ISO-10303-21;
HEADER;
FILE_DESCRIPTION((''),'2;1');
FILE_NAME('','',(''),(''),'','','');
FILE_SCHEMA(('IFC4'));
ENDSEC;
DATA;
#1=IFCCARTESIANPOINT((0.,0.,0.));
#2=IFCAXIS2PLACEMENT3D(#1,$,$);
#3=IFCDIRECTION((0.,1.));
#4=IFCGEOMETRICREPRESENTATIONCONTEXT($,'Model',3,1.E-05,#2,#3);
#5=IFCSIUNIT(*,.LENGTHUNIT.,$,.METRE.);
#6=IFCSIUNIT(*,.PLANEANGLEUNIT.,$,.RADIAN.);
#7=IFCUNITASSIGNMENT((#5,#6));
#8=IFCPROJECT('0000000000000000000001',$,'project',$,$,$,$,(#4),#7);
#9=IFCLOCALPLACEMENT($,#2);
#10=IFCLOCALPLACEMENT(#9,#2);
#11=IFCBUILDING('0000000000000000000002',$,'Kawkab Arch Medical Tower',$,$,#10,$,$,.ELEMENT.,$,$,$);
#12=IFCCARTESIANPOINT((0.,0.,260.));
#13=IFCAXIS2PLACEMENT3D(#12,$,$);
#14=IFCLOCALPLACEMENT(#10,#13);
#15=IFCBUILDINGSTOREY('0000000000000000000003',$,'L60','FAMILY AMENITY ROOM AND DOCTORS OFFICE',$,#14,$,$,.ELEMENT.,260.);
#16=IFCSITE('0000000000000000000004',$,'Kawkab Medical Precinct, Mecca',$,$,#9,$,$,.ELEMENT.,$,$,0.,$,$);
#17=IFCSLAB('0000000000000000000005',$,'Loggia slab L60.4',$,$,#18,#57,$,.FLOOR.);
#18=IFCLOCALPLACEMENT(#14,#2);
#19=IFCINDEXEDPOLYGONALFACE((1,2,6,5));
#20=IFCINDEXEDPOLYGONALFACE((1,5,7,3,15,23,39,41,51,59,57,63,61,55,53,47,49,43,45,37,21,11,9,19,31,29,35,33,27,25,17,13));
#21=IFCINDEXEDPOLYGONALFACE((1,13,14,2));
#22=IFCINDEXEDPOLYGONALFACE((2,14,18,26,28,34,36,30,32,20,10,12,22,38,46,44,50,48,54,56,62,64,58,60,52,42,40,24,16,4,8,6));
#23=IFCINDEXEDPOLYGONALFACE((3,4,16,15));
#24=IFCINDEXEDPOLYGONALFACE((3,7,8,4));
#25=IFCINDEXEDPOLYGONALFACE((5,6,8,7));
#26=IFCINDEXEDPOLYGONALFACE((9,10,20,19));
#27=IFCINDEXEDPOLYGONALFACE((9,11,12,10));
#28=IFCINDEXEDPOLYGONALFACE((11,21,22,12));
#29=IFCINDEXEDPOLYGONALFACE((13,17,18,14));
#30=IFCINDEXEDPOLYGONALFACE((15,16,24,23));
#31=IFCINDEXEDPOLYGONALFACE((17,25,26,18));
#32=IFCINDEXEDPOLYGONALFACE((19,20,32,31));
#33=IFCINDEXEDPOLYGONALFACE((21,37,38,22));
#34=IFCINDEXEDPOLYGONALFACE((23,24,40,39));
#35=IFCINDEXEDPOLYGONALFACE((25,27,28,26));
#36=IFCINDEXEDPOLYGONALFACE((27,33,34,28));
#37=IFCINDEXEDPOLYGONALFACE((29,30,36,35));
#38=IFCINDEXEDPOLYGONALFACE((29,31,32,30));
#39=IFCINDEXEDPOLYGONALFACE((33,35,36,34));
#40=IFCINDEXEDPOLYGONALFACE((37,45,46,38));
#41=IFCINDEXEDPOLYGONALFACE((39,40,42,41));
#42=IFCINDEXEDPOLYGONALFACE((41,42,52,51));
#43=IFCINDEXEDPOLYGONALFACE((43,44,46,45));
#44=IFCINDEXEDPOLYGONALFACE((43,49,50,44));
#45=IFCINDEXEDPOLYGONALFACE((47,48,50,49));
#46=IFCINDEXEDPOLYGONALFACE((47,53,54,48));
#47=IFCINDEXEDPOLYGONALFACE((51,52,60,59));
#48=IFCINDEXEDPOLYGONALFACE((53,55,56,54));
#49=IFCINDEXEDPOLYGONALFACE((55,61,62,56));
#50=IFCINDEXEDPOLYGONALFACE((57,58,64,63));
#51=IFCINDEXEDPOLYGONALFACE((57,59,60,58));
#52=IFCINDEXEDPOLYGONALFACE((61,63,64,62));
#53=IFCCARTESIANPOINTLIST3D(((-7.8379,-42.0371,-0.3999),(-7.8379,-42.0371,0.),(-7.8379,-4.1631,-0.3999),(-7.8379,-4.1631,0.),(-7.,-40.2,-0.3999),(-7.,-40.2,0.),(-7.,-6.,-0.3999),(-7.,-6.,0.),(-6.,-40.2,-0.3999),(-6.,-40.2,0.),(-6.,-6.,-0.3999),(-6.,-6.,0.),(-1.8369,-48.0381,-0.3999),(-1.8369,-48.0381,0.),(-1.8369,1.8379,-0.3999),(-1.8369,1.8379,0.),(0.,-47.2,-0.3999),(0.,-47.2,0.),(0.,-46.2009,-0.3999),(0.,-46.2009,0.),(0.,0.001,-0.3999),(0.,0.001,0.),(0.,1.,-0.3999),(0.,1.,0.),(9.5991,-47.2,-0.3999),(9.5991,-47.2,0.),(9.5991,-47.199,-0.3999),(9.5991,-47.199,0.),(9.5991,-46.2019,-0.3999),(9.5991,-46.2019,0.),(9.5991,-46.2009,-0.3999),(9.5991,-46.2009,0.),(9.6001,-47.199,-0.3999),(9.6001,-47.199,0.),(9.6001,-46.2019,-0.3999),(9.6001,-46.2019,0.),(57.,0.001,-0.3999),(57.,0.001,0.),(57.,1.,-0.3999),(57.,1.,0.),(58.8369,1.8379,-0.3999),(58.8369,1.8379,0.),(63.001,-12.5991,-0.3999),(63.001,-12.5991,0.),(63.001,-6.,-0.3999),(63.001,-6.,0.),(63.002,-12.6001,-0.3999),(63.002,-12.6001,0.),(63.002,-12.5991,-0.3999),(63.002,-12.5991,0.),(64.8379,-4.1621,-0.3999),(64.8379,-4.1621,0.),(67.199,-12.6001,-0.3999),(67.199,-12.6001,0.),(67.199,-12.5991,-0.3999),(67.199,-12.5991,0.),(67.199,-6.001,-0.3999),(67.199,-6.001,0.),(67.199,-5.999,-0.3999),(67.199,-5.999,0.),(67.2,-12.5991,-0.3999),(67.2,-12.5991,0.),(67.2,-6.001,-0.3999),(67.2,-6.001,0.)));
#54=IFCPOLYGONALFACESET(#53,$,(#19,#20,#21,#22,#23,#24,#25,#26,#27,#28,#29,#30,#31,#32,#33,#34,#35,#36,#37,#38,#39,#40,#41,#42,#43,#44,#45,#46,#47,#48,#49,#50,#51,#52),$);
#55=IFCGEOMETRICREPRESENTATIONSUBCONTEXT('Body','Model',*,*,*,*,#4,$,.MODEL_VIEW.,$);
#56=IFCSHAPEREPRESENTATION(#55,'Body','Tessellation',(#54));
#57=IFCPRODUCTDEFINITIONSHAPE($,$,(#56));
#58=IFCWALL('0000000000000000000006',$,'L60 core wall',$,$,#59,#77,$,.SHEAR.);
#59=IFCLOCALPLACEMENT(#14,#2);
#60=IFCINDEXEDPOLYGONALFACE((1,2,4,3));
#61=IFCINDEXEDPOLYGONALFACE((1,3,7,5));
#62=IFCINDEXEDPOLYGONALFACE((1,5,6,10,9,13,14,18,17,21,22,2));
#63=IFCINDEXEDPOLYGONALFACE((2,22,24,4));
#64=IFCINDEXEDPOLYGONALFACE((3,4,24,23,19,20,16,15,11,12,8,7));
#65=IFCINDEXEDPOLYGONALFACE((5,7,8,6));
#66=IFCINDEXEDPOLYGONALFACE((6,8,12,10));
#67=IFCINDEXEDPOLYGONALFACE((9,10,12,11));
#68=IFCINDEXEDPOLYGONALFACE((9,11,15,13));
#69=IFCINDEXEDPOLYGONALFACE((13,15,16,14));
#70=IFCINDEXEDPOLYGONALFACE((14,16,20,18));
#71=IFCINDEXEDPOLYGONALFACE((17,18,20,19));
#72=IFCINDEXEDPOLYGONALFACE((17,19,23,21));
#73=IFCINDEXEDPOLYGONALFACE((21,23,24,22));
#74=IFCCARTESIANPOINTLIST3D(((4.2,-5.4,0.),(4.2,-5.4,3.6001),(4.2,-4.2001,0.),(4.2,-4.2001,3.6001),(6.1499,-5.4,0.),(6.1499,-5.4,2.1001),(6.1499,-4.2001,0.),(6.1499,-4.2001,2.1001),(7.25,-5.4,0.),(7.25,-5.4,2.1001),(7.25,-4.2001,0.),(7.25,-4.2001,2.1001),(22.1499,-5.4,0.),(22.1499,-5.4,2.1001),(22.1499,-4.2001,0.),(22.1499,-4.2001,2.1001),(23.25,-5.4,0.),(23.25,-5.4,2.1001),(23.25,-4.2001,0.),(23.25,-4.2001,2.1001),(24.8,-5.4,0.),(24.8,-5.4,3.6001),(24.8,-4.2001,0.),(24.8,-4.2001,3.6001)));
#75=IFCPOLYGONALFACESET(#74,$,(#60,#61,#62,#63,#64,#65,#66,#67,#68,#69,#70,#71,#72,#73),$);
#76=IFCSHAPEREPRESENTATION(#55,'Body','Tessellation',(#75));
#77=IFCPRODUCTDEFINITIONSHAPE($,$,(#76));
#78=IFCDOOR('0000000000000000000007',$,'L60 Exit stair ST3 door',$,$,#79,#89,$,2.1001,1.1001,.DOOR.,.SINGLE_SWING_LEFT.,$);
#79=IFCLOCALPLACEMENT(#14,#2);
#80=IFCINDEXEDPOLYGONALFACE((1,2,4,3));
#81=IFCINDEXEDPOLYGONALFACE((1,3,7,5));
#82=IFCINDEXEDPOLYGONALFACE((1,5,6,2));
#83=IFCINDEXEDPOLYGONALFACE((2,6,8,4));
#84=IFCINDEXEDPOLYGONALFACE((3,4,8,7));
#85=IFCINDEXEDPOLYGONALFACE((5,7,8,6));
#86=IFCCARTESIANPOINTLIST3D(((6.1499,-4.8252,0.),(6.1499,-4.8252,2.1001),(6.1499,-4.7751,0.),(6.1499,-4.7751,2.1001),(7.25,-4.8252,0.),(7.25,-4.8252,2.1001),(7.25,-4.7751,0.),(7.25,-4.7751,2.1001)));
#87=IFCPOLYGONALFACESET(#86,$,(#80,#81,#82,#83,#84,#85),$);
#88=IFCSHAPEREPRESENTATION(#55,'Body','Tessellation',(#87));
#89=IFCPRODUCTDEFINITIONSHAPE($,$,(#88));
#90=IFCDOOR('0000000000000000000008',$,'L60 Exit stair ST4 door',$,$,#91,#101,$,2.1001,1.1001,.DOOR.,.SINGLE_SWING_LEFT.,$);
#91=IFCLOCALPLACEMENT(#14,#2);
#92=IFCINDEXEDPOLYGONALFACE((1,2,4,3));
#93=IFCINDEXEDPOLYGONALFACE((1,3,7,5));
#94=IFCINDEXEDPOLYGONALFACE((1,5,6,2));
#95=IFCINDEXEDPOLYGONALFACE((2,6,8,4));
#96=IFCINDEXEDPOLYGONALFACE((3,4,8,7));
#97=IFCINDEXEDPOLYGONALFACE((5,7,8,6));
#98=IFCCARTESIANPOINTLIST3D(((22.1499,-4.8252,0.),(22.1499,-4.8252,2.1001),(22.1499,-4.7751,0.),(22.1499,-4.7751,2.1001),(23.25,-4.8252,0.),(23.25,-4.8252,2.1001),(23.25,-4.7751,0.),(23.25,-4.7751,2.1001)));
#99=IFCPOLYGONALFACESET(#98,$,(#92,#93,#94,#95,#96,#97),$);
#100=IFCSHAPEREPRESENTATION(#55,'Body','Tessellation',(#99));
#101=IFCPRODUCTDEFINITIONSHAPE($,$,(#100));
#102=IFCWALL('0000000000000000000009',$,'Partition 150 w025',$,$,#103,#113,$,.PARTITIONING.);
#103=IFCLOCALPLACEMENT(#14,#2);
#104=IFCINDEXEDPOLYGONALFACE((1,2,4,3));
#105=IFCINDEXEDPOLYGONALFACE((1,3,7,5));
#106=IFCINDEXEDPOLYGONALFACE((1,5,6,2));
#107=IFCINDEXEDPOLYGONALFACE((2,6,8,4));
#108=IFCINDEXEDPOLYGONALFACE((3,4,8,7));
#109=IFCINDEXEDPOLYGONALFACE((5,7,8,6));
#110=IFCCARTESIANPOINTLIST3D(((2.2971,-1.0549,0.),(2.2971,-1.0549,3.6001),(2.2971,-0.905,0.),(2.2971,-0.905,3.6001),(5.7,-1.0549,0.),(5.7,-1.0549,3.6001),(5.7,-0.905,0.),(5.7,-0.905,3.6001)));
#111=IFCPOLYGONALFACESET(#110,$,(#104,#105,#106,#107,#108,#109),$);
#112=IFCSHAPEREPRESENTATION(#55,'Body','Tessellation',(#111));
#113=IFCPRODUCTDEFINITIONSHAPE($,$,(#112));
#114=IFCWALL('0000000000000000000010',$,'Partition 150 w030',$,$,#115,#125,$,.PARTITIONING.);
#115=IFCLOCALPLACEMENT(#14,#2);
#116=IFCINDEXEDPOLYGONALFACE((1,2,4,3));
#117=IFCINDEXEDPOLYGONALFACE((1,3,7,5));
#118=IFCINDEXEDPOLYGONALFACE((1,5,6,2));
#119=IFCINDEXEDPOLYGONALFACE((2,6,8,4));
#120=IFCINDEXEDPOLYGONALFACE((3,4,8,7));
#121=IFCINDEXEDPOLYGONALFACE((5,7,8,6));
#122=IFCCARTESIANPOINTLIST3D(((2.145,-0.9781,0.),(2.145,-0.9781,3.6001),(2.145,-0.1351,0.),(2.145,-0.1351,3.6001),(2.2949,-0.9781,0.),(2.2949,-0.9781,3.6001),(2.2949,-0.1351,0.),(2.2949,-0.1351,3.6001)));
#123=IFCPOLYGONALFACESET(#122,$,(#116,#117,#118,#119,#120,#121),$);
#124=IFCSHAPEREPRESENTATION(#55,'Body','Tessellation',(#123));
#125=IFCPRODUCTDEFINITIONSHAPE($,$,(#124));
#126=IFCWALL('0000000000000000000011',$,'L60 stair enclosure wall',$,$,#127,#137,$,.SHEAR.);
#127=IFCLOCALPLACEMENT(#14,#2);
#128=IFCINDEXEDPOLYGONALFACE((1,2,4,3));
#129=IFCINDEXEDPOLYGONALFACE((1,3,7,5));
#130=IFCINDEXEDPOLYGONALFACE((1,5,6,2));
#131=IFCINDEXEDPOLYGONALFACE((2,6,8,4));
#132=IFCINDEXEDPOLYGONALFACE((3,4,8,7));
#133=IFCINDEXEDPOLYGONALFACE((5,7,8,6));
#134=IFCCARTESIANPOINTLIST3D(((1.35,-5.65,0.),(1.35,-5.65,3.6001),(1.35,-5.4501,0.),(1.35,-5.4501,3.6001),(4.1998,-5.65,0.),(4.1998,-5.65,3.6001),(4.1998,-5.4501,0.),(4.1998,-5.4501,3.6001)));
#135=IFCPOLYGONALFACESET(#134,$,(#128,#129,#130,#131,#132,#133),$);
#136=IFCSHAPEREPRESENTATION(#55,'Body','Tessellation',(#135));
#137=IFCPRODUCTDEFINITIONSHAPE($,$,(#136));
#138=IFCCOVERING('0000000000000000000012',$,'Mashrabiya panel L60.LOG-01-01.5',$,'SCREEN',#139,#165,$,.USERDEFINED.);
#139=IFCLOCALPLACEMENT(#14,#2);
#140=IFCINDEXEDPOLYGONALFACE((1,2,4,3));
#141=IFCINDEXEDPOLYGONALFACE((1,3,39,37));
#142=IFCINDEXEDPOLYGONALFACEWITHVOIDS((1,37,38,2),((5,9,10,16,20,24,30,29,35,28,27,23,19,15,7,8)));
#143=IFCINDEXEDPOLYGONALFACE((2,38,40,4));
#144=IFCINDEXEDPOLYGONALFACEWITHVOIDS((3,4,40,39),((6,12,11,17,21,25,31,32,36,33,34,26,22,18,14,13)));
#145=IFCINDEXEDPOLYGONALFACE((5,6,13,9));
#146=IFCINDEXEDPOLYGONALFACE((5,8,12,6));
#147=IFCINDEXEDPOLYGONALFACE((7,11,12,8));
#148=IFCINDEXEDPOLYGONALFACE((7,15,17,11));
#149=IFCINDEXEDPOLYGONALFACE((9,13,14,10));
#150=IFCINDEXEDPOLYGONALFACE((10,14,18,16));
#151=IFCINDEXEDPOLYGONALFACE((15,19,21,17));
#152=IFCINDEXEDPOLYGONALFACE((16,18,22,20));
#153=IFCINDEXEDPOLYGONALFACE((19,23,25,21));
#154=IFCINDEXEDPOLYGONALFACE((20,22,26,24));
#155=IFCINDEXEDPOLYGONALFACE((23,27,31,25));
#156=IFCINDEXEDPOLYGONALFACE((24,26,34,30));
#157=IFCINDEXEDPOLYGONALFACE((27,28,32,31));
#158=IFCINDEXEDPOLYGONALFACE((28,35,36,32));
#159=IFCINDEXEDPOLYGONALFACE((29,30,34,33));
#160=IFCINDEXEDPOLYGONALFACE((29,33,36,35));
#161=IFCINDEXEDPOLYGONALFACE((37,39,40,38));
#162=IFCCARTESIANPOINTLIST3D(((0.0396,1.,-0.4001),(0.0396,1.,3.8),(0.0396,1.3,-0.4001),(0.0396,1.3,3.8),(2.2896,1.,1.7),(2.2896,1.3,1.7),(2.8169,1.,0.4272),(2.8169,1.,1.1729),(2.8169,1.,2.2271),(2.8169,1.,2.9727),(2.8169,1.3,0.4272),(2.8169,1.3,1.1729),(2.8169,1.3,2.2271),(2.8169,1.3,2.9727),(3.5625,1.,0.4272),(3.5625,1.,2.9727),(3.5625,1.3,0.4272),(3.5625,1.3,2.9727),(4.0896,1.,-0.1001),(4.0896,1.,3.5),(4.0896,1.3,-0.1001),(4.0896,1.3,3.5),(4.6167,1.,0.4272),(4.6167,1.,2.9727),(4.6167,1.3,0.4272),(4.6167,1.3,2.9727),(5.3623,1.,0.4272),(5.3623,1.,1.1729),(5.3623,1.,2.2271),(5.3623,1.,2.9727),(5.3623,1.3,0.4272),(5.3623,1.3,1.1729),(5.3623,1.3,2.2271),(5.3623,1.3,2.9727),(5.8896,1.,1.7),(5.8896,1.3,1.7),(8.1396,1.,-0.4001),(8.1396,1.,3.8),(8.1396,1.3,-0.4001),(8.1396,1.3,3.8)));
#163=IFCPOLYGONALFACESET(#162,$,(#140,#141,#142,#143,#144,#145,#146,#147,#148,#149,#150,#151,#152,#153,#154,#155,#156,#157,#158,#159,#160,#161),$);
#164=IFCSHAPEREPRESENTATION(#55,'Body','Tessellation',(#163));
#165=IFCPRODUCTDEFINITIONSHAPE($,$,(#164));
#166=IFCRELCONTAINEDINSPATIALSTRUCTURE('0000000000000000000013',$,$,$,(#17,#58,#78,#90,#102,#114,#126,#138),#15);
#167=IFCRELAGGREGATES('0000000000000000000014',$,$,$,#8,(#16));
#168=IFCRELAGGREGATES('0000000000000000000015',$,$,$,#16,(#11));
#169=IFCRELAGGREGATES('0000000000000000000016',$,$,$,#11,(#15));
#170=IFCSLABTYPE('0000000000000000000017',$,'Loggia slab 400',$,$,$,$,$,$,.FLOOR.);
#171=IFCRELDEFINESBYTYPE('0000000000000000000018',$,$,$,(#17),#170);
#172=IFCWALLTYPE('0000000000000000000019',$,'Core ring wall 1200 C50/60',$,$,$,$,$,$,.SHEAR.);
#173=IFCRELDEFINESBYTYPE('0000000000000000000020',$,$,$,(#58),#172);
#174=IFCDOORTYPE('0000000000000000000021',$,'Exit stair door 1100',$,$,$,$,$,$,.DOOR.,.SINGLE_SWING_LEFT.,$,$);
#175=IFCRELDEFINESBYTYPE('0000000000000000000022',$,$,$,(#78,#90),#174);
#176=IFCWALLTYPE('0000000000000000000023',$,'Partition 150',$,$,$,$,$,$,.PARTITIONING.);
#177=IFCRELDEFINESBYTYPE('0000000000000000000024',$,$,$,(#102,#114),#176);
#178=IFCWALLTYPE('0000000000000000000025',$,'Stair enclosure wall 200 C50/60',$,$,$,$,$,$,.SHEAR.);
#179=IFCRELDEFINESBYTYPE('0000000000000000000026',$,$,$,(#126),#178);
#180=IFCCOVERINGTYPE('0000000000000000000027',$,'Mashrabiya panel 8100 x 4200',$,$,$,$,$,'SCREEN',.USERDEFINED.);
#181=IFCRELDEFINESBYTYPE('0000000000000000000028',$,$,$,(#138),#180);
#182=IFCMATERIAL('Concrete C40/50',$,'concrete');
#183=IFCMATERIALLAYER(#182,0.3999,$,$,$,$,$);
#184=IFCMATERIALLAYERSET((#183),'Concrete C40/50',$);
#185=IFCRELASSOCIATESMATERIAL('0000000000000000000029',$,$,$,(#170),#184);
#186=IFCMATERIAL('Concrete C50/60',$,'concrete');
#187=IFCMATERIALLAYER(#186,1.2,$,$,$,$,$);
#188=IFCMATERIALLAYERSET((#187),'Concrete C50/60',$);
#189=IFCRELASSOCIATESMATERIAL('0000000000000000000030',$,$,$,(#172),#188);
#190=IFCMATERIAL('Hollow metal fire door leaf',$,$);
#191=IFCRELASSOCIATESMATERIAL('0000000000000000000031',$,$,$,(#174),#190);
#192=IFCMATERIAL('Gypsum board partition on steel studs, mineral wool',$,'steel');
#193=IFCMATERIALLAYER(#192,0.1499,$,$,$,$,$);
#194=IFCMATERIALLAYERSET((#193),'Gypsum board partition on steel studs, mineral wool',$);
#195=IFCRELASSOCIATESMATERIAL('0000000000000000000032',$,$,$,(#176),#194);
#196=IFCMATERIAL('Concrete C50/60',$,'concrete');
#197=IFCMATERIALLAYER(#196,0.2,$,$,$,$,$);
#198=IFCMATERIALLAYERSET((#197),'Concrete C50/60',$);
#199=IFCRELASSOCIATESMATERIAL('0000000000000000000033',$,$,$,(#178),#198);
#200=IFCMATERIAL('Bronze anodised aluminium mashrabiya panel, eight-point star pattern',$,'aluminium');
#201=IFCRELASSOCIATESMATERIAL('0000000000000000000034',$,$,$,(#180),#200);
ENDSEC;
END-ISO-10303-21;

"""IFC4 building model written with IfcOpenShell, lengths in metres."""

from ifc_helpers import new_model, si_unit, direction, frame, frame_2d, origin, place, context, subcontext, project, spatial, polyline, rectangle, outline, extrude, material, layer, layer_set, material_profile, profile_set, type_object, element, fill, save


model = new_model("IFC4")

# Units and contexts
model_context = context("Model", 3, precision=1e-05, world=origin(), true_north=direction((0.0, 1.0)))
body_context = subcontext(model_context, "Body", "Model", "MODEL_VIEW")
ifc_project = project(units=[si_unit("LENGTHUNIT", "METRE"), si_unit("PLANEANGLEUNIT", "RADIAN")], contexts=[model_context])

# Site, building, storey
site_placement = place(None, origin())
site = spatial("IfcSite", under=ifc_project, at=site_placement, Name="Kawkab Medical Precinct, Mecca", CompositionType="ELEMENT", RefElevation=0.0)
building_placement = place(site_placement, origin())
building = spatial("IfcBuilding", under=site, at=building_placement, Name="Kawkab Arch Medical Tower", CompositionType="ELEMENT")
storey_placement = place(building_placement, frame((0.0, 0.0, 260.0)))
storey = spatial("IfcBuildingStorey", under=building, at=storey_placement, Name="L60", Description="FAMILY AMENITY ROOM AND DOCTORS OFFICE", CompositionType="ELEMENT", Elevation=260.0)

# Slab
ifc_material_1 = material(Name="Concrete C40/50", Category="concrete")
ifc_layer_1 = layer(ifc_material_1, 0.3999)
ifc_layer_set_1 = layer_set([ifc_layer_1], Name="Concrete C40/50")
slab_type_1 = type_object("IfcSlabType", Name="Loggia slab 400", PredefinedType="FLOOR", material=ifc_layer_set_1)
placement_1 = place(storey_placement, frame((0.0, 0.0, -0.3999)))
element("IfcSlab", 1, at=placement_1, inside=storey, type_object=slab_type_1, Name="Loggia slab L60.4", PredefinedType="FLOOR", context=body_context, shape_type="SweptSolid", body=[
    extrude(outline(polyline([(-7.8379, -42.0371), (-7.0, -40.2), (-7.0, -6.0), (-7.8379, -4.1631), (-1.8369, 1.8379), (0.0, 1.0), (57.0, 1.0), (58.8369, 1.8379), (64.8379, -4.1621), (67.199, -5.999), (67.199, -6.001), (67.2, -6.001), (67.2, -12.5991), (67.199, -12.5991), (67.199, -12.6001), (63.002, -12.6001), (63.002, -12.5991), (63.001, -12.5991), (63.001, -6.0), (57.0, 0.001), (0.0, 0.001), (-6.0, -6.0), (-6.0, -40.2), (0.0, -46.2009), (9.5991, -46.2009), (9.5991, -46.2019), (9.6001, -46.2019), (9.6001, -47.199), (9.5991, -47.199), (9.5991, -47.2), (0.0, -47.2), (-1.8369, -48.0381), (-7.8379, -42.0371)])), origin(), (0.0, 0.0, 1.0), 0.3999),
])

# Wall, openings, doors
ifc_material_2 = material(Name="Concrete C50/60", Category="concrete")
ifc_layer_2 = layer(ifc_material_2, 1.2)
ifc_layer_set_2 = layer_set([ifc_layer_2], Name="Concrete C50/60")
wall_type_1 = type_object("IfcWallType", Name="Core ring wall 1200 C50/60", PredefinedType="SHEAR", material=ifc_layer_set_2)
wall_1_placement = place(storey_placement, frame((4.2, -4.8, 0.0), z_axis=(0.0, 0.0, 1.0), x_axis=(1.0, 0.0, 0.0)))
wall_1 = element("IfcWall", 2, at=wall_1_placement, inside=storey, type_object=wall_type_1, Name="L60 core wall", PredefinedType="SHEAR", context=body_context, shape_type="SweptSolid", body=[
    extrude(rectangle(XDim=20.6001, YDim=1.2, at=frame_2d((10.3, 0.0))), origin(), (0.0, 0.0, 1.0), 3.6001),
])
opening_1_placement = place(wall_1_placement, frame((1.95, 0.0, 0.0)))
opening_1 = element("IfcOpeningElement", 3, at=opening_1_placement, cuts=wall_1, PredefinedType="OPENING", context=body_context, shape_type="SweptSolid", body=[
    extrude(rectangle(XDim=1.1001, YDim=2.1001, at=frame_2d((0.55, 1.05))), frame((0.0, 0.6099, 0.0), z_axis=(0.0, -1.0, 0.0), x_axis=(1.0, 0.0, 0.0)), (0.0, 0.0, 1.0), 1.22),
])
opening_2_placement = place(wall_1_placement, frame((17.95, 0.0, 0.0)))
opening_2 = element("IfcOpeningElement", 4, at=opening_2_placement, cuts=wall_1, PredefinedType="OPENING", context=body_context, shape_type="SweptSolid", body=[
    extrude(rectangle(XDim=1.1001, YDim=2.1001, at=frame_2d((0.55, 1.05))), frame((0.0, 0.6099, 0.0), z_axis=(0.0, -1.0, 0.0), x_axis=(1.0, 0.0, 0.0)), (0.0, 0.0, 1.0), 1.22),
])
ifc_material_3 = material(Name="Hollow metal fire door leaf")
door_type = type_object("IfcDoorType", Name="Exit stair door 1100", OperationType="SINGLE_SWING_LEFT", PredefinedType="DOOR", material=ifc_material_3)
door_1_placement = place(opening_1_placement, origin())
door_1 = element("IfcDoor", 5, at=door_1_placement, inside=storey, type_object=door_type, Name="L60 Exit stair ST3 door", OperationType="SINGLE_SWING_LEFT", OverallHeight=2.1001, OverallWidth=1.1001, PredefinedType="DOOR", context=body_context, shape_type="SweptSolid", body=[
    extrude(rectangle(XDim=1.1001, YDim=2.1001, at=frame_2d((0.55, 1.05))), frame((0.0, 0.0249, 0.0), z_axis=(0.0, -1.0, 0.0), x_axis=(1.0, 0.0, 0.0)), (0.0, 0.0, 1.0), 0.05),
])
fill(opening_1, door_1)
door_2_placement = place(opening_2_placement, origin())
door_2 = element("IfcDoor", 6, at=door_2_placement, inside=storey, type_object=door_type, Name="L60 Exit stair ST4 door", OperationType="SINGLE_SWING_LEFT", OverallHeight=2.1001, OverallWidth=1.1001, PredefinedType="DOOR", context=body_context, shape_type="SweptSolid", body=[
    extrude(rectangle(XDim=1.1001, YDim=2.1001, at=frame_2d((0.55, 1.05))), frame((0.0, 0.0249, 0.0), z_axis=(0.0, -1.0, 0.0), x_axis=(1.0, 0.0, 0.0)), (0.0, 0.0, 1.0), 0.05),
])
fill(opening_2, door_2)

# Walls
ifc_material_4 = material(Name="Gypsum board partition on steel studs, mineral wool", Category="steel")
ifc_layer_3 = layer(ifc_material_4, 0.1499)
ifc_layer_set_3 = layer_set([ifc_layer_3], Name="Gypsum board partition on steel studs, mineral wool")
wall_type_2 = type_object("IfcWallType", Name="Partition 150", PredefinedType="PARTITIONING", material=ifc_layer_set_3)
wall_2_placement = place(storey_placement, frame((2.2971, -0.98, 0.0), z_axis=(0.0, 0.0, 1.0), x_axis=(1.0, 0.0, 0.0)))
element("IfcWall", 7, at=wall_2_placement, inside=storey, type_object=wall_type_2, Name="Partition 150 w025", PredefinedType="PARTITIONING", context=body_context, shape_type="SweptSolid", body=[
    extrude(rectangle(XDim=3.4028, YDim=0.1499, at=frame_2d((1.7014, 0.0))), origin(), (0.0, 0.0, 1.0), 3.6001),
])
wall_3_placement = place(storey_placement, frame((2.22, -0.978, 0.0), z_axis=(0.0, 0.0, 1.0), x_axis=(0.0, 1.0, 0.0)))
element("IfcWall", 8, at=wall_3_placement, inside=storey, type_object=wall_type_2, Name="Partition 150 w030", PredefinedType="PARTITIONING", context=body_context, shape_type="SweptSolid", body=[
    extrude(rectangle(XDim=0.843, YDim=0.1499, at=frame_2d((0.4214, 0.0))), origin(), (0.0, 0.0, 1.0), 3.6001),
])
ifc_material_5 = material(Name="Concrete C50/60", Category="concrete")
ifc_layer_4 = layer(ifc_material_5, 0.2)
ifc_layer_set_4 = layer_set([ifc_layer_4], Name="Concrete C50/60")
wall_type_3 = type_object("IfcWallType", Name="Stair enclosure wall 200 C50/60", PredefinedType="SHEAR", material=ifc_layer_set_4)
wall_4_placement = place(storey_placement, frame((1.3501, -5.55, 0.0), z_axis=(0.0, 0.0, 1.0), x_axis=(1.0, 0.0, 0.0)))
element("IfcWall", 9, at=wall_4_placement, inside=storey, type_object=wall_type_3, Name="L60 stair enclosure wall", PredefinedType="SHEAR", context=body_context, shape_type="SweptSolid", body=[
    extrude(rectangle(XDim=2.8499, YDim=0.2, at=frame_2d((1.4248, 0.0))), origin(), (0.0, 0.0, 1.0), 3.6001),
])

# Covering
ifc_material_6 = material(Name="Bronze anodised aluminium mashrabiya panel, eight-point star pattern", Category="aluminium")
ifc_material_profile_1 = material_profile(ifc_material_6, outline(polyline([(-4.05, -2.1001), (4.05, -2.1001), (4.05, 2.1001), (-4.05, 2.1001), (-4.05, -2.1001)]), holes=[polyline([(1.8, 0.0), (1.2727, 0.5271), (1.2727, 1.2727), (0.5271, 1.2727), (0.0, 1.8), (-0.5271, 1.2727), (-1.2727, 1.2727), (-1.2727, 0.5271), (-1.8, 0.0), (-1.2727, -0.5271), (-1.2727, -1.2727), (-0.5271, -1.2727), (0.0, -1.8), (0.5271, -1.2727), (1.2727, -1.2727), (1.2727, -0.5271), (1.8, 0.0)])]), Name="Mashrabiya panel 8100x4200")
ifc_profile_set_1 = profile_set([ifc_material_profile_1], Name="Bronze anodised aluminium mashrabiya panel, eight-point star pattern")
covering_type_1 = type_object("IfcCoveringType", Name="Mashrabiya panel 8100 x 4200", ElementType="SCREEN", PredefinedType="USERDEFINED", material=ifc_profile_set_1)
covering_1_placement = place(storey_placement, frame((4.0896, 1.0, 1.7), z_axis=(0.0, 1.0, 0.0), x_axis=(-1.0, 0.0, 0.0)))
element("IfcCovering", 10, at=covering_1_placement, inside=storey, type_object=covering_type_1, Name="Mashrabiya panel L60.LOG-01-01.5", ObjectType="SCREEN", PredefinedType="USERDEFINED", context=body_context, shape_type="SweptSolid", body=[
    extrude(outline(polyline([(-4.05, -2.1001), (4.05, -2.1001), (4.05, 2.1001), (-4.05, 2.1001), (-4.05, -2.1001)]), holes=[polyline([(1.8, 0.0), (1.2727, 0.5271), (1.2727, 1.2727), (0.5271, 1.2727), (0.0, 1.8), (-0.5271, 1.2727), (-1.2727, 1.2727), (-1.2727, 0.5271), (-1.8, 0.0), (-1.2727, -0.5271), (-1.2727, -1.2727), (-0.5271, -1.2727), (0.0, -1.8), (0.5271, -1.2727), (1.2727, -1.2727), (1.2727, -0.5271), (1.8, 0.0)])]), origin(), (0.0, 0.0, 1.0), 0.3),
])

save(model, "model.ifc")
